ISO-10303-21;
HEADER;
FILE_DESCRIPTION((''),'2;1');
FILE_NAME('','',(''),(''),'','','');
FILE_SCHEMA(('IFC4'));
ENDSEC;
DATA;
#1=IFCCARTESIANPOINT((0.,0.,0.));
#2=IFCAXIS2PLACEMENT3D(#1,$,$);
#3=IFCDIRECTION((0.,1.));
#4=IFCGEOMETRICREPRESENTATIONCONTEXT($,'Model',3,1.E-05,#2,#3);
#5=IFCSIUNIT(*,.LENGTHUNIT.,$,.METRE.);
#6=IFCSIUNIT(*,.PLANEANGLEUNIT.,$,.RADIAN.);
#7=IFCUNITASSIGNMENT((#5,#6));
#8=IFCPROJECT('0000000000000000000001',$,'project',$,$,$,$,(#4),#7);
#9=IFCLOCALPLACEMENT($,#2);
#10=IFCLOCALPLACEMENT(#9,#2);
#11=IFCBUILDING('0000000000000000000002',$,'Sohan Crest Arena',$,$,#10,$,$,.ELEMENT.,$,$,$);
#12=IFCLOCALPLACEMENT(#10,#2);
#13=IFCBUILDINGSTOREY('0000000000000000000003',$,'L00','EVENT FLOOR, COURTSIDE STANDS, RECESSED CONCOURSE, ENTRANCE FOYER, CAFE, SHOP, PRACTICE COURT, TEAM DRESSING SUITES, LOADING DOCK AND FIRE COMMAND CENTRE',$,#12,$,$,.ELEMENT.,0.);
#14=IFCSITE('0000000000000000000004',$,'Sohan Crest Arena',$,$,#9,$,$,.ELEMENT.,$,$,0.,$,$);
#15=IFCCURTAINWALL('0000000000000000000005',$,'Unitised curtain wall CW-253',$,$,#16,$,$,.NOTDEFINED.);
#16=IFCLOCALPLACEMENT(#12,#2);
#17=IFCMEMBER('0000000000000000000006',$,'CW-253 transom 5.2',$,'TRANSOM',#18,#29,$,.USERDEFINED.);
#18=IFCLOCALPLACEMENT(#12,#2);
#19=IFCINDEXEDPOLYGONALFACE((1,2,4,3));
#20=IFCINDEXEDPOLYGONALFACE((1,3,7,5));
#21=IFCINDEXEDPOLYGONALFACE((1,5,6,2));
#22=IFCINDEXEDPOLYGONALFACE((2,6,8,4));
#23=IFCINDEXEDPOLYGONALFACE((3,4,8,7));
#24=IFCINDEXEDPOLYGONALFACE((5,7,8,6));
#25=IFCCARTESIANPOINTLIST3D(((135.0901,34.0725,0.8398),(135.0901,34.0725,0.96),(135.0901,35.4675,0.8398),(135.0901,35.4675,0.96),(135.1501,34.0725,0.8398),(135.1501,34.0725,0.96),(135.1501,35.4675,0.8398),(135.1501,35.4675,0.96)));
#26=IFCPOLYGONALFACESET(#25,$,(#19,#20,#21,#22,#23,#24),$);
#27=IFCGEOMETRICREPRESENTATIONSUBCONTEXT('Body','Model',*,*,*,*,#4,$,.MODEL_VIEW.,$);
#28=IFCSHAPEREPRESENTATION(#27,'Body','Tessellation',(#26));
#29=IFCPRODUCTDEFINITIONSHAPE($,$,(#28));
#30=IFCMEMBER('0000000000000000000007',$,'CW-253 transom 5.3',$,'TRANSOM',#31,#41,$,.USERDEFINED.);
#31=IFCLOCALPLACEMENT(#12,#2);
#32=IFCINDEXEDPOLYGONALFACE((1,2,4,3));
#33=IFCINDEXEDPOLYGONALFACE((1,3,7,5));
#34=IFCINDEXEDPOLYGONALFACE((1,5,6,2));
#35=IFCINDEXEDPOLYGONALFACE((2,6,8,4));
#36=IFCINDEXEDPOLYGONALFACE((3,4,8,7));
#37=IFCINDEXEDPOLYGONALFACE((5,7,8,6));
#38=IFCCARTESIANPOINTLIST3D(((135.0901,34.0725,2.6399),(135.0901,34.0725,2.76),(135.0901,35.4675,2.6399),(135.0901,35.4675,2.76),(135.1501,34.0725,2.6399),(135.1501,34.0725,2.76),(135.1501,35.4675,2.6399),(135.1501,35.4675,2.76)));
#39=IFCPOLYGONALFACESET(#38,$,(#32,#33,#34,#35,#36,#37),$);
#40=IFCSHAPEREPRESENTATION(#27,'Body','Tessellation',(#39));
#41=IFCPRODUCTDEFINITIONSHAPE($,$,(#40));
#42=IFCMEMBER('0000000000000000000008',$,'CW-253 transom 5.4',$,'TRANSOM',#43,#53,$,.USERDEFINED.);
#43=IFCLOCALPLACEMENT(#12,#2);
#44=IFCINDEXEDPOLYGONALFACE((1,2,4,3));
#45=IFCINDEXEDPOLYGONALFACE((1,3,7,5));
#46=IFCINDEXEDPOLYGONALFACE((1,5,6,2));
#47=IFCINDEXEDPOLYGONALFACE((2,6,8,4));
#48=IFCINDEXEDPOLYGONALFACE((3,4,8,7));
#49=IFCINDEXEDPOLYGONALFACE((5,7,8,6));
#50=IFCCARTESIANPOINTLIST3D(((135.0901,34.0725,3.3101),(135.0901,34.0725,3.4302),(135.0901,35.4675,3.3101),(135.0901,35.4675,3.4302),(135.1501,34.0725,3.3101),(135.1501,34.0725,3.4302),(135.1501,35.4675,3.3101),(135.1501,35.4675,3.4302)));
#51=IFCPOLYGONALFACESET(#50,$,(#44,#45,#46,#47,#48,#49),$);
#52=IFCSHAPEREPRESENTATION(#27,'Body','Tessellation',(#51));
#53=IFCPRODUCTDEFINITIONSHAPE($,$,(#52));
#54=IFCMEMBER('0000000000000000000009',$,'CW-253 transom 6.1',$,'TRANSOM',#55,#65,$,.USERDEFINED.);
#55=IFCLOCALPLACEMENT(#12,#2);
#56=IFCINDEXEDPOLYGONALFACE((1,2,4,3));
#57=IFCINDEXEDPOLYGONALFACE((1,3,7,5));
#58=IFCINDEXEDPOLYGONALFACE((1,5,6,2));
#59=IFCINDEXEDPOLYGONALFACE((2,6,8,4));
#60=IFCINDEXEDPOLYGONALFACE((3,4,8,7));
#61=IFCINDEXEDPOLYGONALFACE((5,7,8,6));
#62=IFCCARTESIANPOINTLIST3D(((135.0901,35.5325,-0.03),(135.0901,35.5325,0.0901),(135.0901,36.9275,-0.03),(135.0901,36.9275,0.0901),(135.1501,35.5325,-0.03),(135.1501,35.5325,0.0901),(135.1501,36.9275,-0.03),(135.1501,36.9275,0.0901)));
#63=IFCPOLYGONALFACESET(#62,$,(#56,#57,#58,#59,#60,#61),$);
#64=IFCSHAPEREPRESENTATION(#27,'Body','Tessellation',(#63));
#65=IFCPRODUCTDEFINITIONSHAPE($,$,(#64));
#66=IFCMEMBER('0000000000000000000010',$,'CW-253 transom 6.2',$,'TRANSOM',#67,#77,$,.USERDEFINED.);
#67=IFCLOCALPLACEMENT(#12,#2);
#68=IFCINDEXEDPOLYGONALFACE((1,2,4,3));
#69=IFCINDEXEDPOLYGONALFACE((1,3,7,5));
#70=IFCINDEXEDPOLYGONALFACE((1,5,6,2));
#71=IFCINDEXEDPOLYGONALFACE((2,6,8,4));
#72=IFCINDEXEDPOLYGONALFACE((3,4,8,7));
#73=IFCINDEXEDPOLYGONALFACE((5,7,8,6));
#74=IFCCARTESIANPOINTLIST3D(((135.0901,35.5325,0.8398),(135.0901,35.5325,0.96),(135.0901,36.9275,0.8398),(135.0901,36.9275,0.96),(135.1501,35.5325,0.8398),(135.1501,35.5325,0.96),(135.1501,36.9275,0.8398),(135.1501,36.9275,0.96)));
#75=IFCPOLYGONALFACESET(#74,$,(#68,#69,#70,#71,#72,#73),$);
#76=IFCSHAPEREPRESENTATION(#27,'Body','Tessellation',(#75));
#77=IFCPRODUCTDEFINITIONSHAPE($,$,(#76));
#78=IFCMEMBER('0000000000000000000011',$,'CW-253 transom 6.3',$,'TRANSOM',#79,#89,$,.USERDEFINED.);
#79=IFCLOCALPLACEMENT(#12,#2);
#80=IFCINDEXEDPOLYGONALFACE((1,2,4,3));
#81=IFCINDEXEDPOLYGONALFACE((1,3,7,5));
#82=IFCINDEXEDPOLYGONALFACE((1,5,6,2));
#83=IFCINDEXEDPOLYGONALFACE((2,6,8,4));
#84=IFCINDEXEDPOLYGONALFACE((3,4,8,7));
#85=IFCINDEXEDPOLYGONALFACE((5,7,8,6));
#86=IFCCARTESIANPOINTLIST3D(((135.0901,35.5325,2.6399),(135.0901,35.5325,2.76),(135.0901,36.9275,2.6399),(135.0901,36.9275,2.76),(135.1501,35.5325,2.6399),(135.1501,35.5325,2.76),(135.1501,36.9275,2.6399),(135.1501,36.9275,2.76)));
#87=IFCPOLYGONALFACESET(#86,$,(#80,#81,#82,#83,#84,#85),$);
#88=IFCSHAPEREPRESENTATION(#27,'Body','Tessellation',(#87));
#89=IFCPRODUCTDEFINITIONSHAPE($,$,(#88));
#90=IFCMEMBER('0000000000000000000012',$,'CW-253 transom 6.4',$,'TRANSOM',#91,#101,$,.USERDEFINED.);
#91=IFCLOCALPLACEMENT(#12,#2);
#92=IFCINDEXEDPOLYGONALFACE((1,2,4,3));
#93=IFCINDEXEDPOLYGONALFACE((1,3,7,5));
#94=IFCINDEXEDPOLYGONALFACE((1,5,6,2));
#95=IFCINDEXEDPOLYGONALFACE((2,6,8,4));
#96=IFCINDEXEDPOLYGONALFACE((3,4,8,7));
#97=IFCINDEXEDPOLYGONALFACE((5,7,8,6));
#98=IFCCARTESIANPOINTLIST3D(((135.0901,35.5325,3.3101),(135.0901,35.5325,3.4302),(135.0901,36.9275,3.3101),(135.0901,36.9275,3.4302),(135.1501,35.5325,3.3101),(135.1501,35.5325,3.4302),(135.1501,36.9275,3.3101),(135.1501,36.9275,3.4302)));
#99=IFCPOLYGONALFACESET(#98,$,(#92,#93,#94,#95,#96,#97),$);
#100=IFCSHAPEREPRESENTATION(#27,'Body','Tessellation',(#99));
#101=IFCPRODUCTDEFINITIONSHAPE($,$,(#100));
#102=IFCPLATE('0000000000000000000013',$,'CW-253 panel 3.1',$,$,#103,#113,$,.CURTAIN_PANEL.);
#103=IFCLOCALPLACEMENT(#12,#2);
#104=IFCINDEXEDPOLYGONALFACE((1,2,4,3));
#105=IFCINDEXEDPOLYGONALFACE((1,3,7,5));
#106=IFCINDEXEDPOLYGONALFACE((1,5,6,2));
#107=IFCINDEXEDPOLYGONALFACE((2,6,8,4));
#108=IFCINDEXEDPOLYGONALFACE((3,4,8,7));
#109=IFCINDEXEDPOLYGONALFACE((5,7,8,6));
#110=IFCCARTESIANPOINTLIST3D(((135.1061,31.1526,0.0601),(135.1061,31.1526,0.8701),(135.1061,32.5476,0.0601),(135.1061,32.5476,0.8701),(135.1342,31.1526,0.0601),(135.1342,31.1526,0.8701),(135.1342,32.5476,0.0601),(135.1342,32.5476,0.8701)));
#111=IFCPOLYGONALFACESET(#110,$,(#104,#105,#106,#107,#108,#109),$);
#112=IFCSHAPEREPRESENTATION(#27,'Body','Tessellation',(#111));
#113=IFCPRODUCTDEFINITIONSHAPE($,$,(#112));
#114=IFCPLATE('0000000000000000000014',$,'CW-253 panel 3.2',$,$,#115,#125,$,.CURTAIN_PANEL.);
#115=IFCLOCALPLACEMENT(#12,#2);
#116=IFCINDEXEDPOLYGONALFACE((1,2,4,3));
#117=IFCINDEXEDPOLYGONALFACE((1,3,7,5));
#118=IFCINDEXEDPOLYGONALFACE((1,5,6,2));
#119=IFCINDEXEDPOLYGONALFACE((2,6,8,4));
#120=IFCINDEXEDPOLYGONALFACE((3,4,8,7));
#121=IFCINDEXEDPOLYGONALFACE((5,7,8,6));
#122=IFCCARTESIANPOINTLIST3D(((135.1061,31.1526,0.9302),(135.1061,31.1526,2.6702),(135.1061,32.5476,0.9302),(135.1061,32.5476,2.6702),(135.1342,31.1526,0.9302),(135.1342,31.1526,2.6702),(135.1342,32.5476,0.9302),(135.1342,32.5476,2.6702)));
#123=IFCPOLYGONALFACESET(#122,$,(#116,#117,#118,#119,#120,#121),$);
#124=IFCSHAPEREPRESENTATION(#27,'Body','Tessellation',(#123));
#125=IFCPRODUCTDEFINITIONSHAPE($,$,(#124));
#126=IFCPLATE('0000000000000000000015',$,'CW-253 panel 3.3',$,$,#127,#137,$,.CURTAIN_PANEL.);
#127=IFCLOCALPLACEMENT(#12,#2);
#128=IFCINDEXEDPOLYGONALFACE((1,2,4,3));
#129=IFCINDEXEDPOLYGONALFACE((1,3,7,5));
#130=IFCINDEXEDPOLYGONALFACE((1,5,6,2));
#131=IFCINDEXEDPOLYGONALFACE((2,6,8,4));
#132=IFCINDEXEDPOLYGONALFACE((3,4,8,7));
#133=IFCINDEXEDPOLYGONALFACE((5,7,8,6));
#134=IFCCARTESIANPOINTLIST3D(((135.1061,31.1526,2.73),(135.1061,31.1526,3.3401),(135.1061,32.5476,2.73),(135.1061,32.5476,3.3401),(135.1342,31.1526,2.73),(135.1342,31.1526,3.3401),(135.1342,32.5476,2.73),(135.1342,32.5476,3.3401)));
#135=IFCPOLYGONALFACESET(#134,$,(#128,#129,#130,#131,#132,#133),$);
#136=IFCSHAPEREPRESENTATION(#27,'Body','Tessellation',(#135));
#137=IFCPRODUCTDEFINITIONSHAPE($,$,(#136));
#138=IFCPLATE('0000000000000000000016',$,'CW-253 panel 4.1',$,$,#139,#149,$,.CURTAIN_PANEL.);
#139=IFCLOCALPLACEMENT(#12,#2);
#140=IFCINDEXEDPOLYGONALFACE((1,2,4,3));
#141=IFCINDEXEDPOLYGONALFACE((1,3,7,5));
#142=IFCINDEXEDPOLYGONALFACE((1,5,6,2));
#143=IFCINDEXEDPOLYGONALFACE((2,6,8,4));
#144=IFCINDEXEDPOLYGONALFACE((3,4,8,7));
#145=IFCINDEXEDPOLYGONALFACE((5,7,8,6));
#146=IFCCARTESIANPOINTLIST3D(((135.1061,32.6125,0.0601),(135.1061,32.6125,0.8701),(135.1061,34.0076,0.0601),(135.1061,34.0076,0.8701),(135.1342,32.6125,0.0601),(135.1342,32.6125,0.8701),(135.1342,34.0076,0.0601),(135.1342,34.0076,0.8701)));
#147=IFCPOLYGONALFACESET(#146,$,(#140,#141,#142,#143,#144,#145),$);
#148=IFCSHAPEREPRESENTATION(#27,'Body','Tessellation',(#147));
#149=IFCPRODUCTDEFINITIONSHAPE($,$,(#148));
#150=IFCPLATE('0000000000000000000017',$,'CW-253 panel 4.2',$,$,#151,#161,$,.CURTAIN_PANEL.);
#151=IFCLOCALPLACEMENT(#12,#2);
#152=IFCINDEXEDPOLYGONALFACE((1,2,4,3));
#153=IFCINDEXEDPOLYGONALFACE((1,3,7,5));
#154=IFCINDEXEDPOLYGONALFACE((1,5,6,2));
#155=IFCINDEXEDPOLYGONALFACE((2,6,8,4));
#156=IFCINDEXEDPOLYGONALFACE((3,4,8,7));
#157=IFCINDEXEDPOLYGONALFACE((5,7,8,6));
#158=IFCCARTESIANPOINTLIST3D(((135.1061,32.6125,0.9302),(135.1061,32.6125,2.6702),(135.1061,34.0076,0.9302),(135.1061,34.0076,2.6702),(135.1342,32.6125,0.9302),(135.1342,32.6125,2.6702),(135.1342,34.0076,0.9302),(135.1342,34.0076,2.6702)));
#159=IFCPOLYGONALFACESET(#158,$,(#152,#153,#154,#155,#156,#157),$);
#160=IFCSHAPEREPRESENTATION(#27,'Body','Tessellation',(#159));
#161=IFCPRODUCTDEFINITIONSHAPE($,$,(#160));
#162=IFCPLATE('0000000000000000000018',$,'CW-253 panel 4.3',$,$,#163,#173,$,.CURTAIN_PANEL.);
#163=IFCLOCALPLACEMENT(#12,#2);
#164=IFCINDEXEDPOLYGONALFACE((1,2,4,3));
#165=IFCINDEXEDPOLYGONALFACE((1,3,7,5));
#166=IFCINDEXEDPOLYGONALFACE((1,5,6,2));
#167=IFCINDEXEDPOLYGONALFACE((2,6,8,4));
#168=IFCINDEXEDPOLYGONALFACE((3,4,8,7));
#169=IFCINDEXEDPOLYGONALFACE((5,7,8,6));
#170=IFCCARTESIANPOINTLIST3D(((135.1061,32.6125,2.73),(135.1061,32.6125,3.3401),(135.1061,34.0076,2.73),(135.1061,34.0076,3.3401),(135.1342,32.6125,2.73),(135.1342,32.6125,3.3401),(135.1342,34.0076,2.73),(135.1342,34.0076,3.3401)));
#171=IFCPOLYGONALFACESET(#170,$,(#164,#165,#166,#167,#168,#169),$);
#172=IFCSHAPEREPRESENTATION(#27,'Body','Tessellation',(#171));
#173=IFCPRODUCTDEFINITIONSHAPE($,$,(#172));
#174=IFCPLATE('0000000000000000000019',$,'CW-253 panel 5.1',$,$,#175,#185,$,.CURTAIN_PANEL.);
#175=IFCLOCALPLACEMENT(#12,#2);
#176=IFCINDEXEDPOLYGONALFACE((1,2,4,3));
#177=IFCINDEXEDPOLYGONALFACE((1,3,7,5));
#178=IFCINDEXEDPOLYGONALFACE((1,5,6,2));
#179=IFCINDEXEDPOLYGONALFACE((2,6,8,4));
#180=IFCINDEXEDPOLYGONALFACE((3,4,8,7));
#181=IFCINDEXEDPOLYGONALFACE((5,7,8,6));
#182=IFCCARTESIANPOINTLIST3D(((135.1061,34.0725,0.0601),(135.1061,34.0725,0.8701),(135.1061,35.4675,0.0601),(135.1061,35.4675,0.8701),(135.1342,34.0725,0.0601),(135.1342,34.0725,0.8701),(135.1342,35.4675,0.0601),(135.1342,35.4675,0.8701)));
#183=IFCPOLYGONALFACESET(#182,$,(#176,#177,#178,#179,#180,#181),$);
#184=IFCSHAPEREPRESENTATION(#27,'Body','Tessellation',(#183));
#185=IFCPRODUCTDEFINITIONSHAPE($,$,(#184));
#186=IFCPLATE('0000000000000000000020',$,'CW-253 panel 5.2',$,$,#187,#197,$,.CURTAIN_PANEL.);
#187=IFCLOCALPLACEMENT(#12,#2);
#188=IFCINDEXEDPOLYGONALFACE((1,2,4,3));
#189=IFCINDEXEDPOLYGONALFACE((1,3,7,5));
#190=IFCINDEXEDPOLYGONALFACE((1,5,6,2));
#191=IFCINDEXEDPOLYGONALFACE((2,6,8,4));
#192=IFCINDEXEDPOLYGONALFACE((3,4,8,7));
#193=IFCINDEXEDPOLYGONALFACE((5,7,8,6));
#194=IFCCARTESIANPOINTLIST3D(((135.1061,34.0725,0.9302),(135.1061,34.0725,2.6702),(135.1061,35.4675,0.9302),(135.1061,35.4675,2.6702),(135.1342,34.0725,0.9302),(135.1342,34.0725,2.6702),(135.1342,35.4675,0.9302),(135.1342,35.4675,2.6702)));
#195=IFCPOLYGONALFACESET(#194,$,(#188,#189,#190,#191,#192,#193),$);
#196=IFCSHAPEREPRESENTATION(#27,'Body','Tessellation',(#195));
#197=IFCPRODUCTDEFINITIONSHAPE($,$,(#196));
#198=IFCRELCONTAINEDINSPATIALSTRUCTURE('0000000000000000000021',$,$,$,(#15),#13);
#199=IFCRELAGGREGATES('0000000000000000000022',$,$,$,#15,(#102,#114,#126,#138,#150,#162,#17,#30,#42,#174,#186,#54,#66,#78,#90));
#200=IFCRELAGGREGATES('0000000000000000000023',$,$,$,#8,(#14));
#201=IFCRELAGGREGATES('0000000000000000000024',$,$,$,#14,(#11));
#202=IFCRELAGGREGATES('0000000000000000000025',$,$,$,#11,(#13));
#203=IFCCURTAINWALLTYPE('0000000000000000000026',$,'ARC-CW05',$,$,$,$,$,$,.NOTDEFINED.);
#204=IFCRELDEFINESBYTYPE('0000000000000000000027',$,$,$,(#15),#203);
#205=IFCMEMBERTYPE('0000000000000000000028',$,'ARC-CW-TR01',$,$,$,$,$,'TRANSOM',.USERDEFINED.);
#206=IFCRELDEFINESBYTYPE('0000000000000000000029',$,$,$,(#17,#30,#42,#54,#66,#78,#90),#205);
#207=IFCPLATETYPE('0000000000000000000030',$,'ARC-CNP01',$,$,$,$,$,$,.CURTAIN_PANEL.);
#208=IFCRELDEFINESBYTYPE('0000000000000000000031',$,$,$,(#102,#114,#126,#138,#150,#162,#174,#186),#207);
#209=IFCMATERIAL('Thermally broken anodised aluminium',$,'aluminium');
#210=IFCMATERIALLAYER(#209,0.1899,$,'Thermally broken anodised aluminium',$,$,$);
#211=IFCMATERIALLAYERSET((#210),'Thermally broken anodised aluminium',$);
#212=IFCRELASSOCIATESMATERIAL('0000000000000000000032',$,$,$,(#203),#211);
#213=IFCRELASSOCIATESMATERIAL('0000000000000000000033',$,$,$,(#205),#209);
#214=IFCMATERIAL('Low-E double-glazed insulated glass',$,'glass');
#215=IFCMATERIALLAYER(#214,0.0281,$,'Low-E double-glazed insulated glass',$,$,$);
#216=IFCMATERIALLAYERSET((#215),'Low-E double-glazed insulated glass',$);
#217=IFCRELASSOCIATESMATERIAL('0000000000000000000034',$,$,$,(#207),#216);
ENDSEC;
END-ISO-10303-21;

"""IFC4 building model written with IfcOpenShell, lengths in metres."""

from ifc_helpers import new_model, si_unit, direction, frame, origin, origin_2d, place, context, subcontext, project, spatial, rectangle, extrude, material, layer, layer_set, material_profile, profile_set, type_object, element, aggregate, save


model = new_model("IFC4")

# Units and contexts
model_context = context("Model", 3, precision=1e-05, world=origin(), true_north=direction((0.0, 1.0)))
body_context = subcontext(model_context, "Body", "Model", "MODEL_VIEW")
ifc_project = project(units=[si_unit("LENGTHUNIT", "METRE"), si_unit("PLANEANGLEUNIT", "RADIAN")], contexts=[model_context])

# Site, building, storey
site_placement = place(None, origin())
site = spatial("IfcSite", under=ifc_project, at=site_placement, Name="Sohan Crest Arena", CompositionType="ELEMENT", RefElevation=0.0)
building_placement = place(site_placement, origin())
building = spatial("IfcBuilding", under=site, at=building_placement, Name="Sohan Crest Arena", CompositionType="ELEMENT")
storey_placement = place(building_placement, origin())
storey = spatial("IfcBuildingStorey", under=building, at=storey_placement, Name="L00", Description="EVENT FLOOR, COURTSIDE STANDS, RECESSED CONCOURSE, ENTRANCE FOYER, CAFE, SHOP, PRACTICE COURT, TEAM DRESSING SUITES, LOADING DOCK AND FIRE COMMAND CENTRE", CompositionType="ELEMENT", Elevation=0.0)

# Curtain wall, members, plates
ifc_material_1 = material(Name="Thermally broken anodised aluminium", Category="aluminium")
ifc_layer_1 = layer(ifc_material_1, 0.1899, Name="Thermally broken anodised aluminium")
ifc_layer_set_1 = layer_set([ifc_layer_1], Name="Thermally broken anodised aluminium")
curtain_wall_type = type_object("IfcCurtainWallType", Name="ARC-CW05", PredefinedType="NOTDEFINED", material=ifc_layer_set_1)
curtain_wall_placement = place(storey_placement, origin())
curtain_wall = element("IfcCurtainWall", 1, at=curtain_wall_placement, inside=storey, type_object=curtain_wall_type, Name="Unitised curtain wall CW-253", PredefinedType="NOTDEFINED")
ifc_material_profile_1 = material_profile(ifc_material_1, rectangle(XDim=0.0601, YDim=0.1201, at=origin_2d()), Name="ALU-TRAN 60x120")
ifc_profile_set_1 = profile_set([ifc_material_profile_1], Name="Thermally broken anodised aluminium")
member_type_1 = type_object("IfcMemberType", Name="ARC-CW-TR01", ElementType="TRANSOM", PredefinedType="USERDEFINED", material=ifc_profile_set_1)
member_1_placement = place(storey_placement, frame((135.1201, 34.0725, 0.8999), z_axis=(0.0, 1.0, 0.0), x_axis=(-1.0, 0.0, 0.0)))
member_1 = element("IfcMember", 2, at=member_1_placement, type_object=member_type_1, Name="CW-253 transom 5.2", ObjectType="TRANSOM", PredefinedType="USERDEFINED", context=body_context, shape_type="SweptSolid", body=[
    extrude(rectangle(XDim=0.0601, YDim=0.1201, at=origin_2d()), origin(), (0.0, 0.0, 1.0), 1.395),
])
member_2_placement = place(storey_placement, frame((135.1201, 34.0725, 2.7), z_axis=(0.0, 1.0, 0.0), x_axis=(-1.0, 0.0, 0.0)))
member_2 = element("IfcMember", 3, at=member_2_placement, type_object=member_type_1, Name="CW-253 transom 5.3", ObjectType="TRANSOM", PredefinedType="USERDEFINED", context=body_context, shape_type="SweptSolid", body=[
    extrude(rectangle(XDim=0.0601, YDim=0.1201, at=origin_2d()), origin(), (0.0, 0.0, 1.0), 1.395),
])
member_3_placement = place(storey_placement, frame((135.1201, 34.0725, 3.3701), z_axis=(0.0, 1.0, 0.0), x_axis=(-1.0, 0.0, 0.0)))
member_3 = element("IfcMember", 4, at=member_3_placement, type_object=member_type_1, Name="CW-253 transom 5.4", ObjectType="TRANSOM", PredefinedType="USERDEFINED", context=body_context, shape_type="SweptSolid", body=[
    extrude(rectangle(XDim=0.0601, YDim=0.1201, at=origin_2d()), origin(), (0.0, 0.0, 1.0), 1.395),
])
member_4_placement = place(storey_placement, frame((135.1201, 35.5325, 0.03), z_axis=(0.0, 1.0, 0.0), x_axis=(-1.0, 0.0, 0.0)))
member_4 = element("IfcMember", 5, at=member_4_placement, type_object=member_type_1, Name="CW-253 transom 6.1", ObjectType="TRANSOM", PredefinedType="USERDEFINED", context=body_context, shape_type="SweptSolid", body=[
    extrude(rectangle(XDim=0.0601, YDim=0.1201, at=origin_2d()), origin(), (0.0, 0.0, 1.0), 1.395),
])
member_5_placement = place(storey_placement, frame((135.1201, 35.5325, 0.8999), z_axis=(0.0, 1.0, 0.0), x_axis=(-1.0, 0.0, 0.0)))
member_5 = element("IfcMember", 6, at=member_5_placement, type_object=member_type_1, Name="CW-253 transom 6.2", ObjectType="TRANSOM", PredefinedType="USERDEFINED", context=body_context, shape_type="SweptSolid", body=[
    extrude(rectangle(XDim=0.0601, YDim=0.1201, at=origin_2d()), origin(), (0.0, 0.0, 1.0), 1.395),
])
member_6_placement = place(storey_placement, frame((135.1201, 35.5325, 2.7), z_axis=(0.0, 1.0, 0.0), x_axis=(-1.0, 0.0, 0.0)))
member_6 = element("IfcMember", 7, at=member_6_placement, type_object=member_type_1, Name="CW-253 transom 6.3", ObjectType="TRANSOM", PredefinedType="USERDEFINED", context=body_context, shape_type="SweptSolid", body=[
    extrude(rectangle(XDim=0.0601, YDim=0.1201, at=origin_2d()), origin(), (0.0, 0.0, 1.0), 1.395),
])
member_7_placement = place(storey_placement, frame((135.1201, 35.5325, 3.3701), z_axis=(0.0, 1.0, 0.0), x_axis=(-1.0, 0.0, 0.0)))
member_7 = element("IfcMember", 8, at=member_7_placement, type_object=member_type_1, Name="CW-253 transom 6.4", ObjectType="TRANSOM", PredefinedType="USERDEFINED", context=body_context, shape_type="SweptSolid", body=[
    extrude(rectangle(XDim=0.0601, YDim=0.1201, at=origin_2d()), origin(), (0.0, 0.0, 1.0), 1.395),
])
ifc_material_2 = material(Name="Low-E double-glazed insulated glass", Category="glass")
ifc_layer_2 = layer(ifc_material_2, 0.0281, Name="Low-E double-glazed insulated glass")
ifc_layer_set_2 = layer_set([ifc_layer_2], Name="Low-E double-glazed insulated glass")
plate_type = type_object("IfcPlateType", Name="ARC-CNP01", PredefinedType="CURTAIN_PANEL", material=ifc_layer_set_2)
plate_1_placement = place(storey_placement, frame((135.1201, 31.8501, 0.0601), z_axis=(0.0, 0.0, 1.0), x_axis=(0.0, 1.0, 0.0)))
plate_1 = element("IfcPlate", 9, at=plate_1_placement, type_object=plate_type, Name="CW-253 panel 3.1", PredefinedType="CURTAIN_PANEL", context=body_context, shape_type="SweptSolid", body=[
    extrude(rectangle(XDim=1.395, YDim=0.0281, at=origin_2d()), origin(), (0.0, 0.0, 1.0), 0.8101),
])
plate_2_placement = place(storey_placement, frame((135.1201, 31.8501, 0.9302), z_axis=(0.0, 0.0, 1.0), x_axis=(0.0, 1.0, 0.0)))
plate_2 = element("IfcPlate", 10, at=plate_2_placement, type_object=plate_type, Name="CW-253 panel 3.2", PredefinedType="CURTAIN_PANEL", context=body_context, shape_type="SweptSolid", body=[
    extrude(rectangle(XDim=1.395, YDim=0.0281, at=origin_2d()), origin(), (0.0, 0.0, 1.0), 1.74),
])
plate_3_placement = place(storey_placement, frame((135.1201, 31.8501, 2.73), z_axis=(0.0, 0.0, 1.0), x_axis=(0.0, 1.0, 0.0)))
plate_3 = element("IfcPlate", 11, at=plate_3_placement, type_object=plate_type, Name="CW-253 panel 3.3", PredefinedType="CURTAIN_PANEL", context=body_context, shape_type="SweptSolid", body=[
    extrude(rectangle(XDim=1.395, YDim=0.0281, at=origin_2d()), origin(), (0.0, 0.0, 1.0), 0.6101),
])
plate_4_placement = place(storey_placement, frame((135.1201, 33.3101, 0.0601), z_axis=(0.0, 0.0, 1.0), x_axis=(0.0, 1.0, 0.0)))
plate_4 = element("IfcPlate", 12, at=plate_4_placement, type_object=plate_type, Name="CW-253 panel 4.1", PredefinedType="CURTAIN_PANEL", context=body_context, shape_type="SweptSolid", body=[
    extrude(rectangle(XDim=1.395, YDim=0.0281, at=origin_2d()), origin(), (0.0, 0.0, 1.0), 0.8101),
])
plate_5_placement = place(storey_placement, frame((135.1201, 33.3101, 0.9302), z_axis=(0.0, 0.0, 1.0), x_axis=(0.0, 1.0, 0.0)))
plate_5 = element("IfcPlate", 13, at=plate_5_placement, type_object=plate_type, Name="CW-253 panel 4.2", PredefinedType="CURTAIN_PANEL", context=body_context, shape_type="SweptSolid", body=[
    extrude(rectangle(XDim=1.395, YDim=0.0281, at=origin_2d()), origin(), (0.0, 0.0, 1.0), 1.74),
])
plate_6_placement = place(storey_placement, frame((135.1201, 33.3101, 2.73), z_axis=(0.0, 0.0, 1.0), x_axis=(0.0, 1.0, 0.0)))
plate_6 = element("IfcPlate", 14, at=plate_6_placement, type_object=plate_type, Name="CW-253 panel 4.3", PredefinedType="CURTAIN_PANEL", context=body_context, shape_type="SweptSolid", body=[
    extrude(rectangle(XDim=1.395, YDim=0.0281, at=origin_2d()), origin(), (0.0, 0.0, 1.0), 0.6101),
])
plate_7_placement = place(storey_placement, frame((135.1201, 34.77, 0.0601), z_axis=(0.0, 0.0, 1.0), x_axis=(0.0, 1.0, 0.0)))
plate_7 = element("IfcPlate", 15, at=plate_7_placement, type_object=plate_type, Name="CW-253 panel 5.1", PredefinedType="CURTAIN_PANEL", context=body_context, shape_type="SweptSolid", body=[
    extrude(rectangle(XDim=1.395, YDim=0.0281, at=origin_2d()), origin(), (0.0, 0.0, 1.0), 0.8101),
])
plate_8_placement = place(storey_placement, frame((135.1201, 34.77, 0.9302), z_axis=(0.0, 0.0, 1.0), x_axis=(0.0, 1.0, 0.0)))
plate_8 = element("IfcPlate", 16, at=plate_8_placement, type_object=plate_type, Name="CW-253 panel 5.2", PredefinedType="CURTAIN_PANEL", context=body_context, shape_type="SweptSolid", body=[
    extrude(rectangle(XDim=1.395, YDim=0.0281, at=origin_2d()), origin(), (0.0, 0.0, 1.0), 1.74),
])
aggregate(curtain_wall, [plate_1, plate_2, plate_3, plate_4, plate_5, plate_6, member_1, member_2, member_3, plate_7, plate_8, member_4, member_5, member_6, member_7])

save(model, "model.ifc")
